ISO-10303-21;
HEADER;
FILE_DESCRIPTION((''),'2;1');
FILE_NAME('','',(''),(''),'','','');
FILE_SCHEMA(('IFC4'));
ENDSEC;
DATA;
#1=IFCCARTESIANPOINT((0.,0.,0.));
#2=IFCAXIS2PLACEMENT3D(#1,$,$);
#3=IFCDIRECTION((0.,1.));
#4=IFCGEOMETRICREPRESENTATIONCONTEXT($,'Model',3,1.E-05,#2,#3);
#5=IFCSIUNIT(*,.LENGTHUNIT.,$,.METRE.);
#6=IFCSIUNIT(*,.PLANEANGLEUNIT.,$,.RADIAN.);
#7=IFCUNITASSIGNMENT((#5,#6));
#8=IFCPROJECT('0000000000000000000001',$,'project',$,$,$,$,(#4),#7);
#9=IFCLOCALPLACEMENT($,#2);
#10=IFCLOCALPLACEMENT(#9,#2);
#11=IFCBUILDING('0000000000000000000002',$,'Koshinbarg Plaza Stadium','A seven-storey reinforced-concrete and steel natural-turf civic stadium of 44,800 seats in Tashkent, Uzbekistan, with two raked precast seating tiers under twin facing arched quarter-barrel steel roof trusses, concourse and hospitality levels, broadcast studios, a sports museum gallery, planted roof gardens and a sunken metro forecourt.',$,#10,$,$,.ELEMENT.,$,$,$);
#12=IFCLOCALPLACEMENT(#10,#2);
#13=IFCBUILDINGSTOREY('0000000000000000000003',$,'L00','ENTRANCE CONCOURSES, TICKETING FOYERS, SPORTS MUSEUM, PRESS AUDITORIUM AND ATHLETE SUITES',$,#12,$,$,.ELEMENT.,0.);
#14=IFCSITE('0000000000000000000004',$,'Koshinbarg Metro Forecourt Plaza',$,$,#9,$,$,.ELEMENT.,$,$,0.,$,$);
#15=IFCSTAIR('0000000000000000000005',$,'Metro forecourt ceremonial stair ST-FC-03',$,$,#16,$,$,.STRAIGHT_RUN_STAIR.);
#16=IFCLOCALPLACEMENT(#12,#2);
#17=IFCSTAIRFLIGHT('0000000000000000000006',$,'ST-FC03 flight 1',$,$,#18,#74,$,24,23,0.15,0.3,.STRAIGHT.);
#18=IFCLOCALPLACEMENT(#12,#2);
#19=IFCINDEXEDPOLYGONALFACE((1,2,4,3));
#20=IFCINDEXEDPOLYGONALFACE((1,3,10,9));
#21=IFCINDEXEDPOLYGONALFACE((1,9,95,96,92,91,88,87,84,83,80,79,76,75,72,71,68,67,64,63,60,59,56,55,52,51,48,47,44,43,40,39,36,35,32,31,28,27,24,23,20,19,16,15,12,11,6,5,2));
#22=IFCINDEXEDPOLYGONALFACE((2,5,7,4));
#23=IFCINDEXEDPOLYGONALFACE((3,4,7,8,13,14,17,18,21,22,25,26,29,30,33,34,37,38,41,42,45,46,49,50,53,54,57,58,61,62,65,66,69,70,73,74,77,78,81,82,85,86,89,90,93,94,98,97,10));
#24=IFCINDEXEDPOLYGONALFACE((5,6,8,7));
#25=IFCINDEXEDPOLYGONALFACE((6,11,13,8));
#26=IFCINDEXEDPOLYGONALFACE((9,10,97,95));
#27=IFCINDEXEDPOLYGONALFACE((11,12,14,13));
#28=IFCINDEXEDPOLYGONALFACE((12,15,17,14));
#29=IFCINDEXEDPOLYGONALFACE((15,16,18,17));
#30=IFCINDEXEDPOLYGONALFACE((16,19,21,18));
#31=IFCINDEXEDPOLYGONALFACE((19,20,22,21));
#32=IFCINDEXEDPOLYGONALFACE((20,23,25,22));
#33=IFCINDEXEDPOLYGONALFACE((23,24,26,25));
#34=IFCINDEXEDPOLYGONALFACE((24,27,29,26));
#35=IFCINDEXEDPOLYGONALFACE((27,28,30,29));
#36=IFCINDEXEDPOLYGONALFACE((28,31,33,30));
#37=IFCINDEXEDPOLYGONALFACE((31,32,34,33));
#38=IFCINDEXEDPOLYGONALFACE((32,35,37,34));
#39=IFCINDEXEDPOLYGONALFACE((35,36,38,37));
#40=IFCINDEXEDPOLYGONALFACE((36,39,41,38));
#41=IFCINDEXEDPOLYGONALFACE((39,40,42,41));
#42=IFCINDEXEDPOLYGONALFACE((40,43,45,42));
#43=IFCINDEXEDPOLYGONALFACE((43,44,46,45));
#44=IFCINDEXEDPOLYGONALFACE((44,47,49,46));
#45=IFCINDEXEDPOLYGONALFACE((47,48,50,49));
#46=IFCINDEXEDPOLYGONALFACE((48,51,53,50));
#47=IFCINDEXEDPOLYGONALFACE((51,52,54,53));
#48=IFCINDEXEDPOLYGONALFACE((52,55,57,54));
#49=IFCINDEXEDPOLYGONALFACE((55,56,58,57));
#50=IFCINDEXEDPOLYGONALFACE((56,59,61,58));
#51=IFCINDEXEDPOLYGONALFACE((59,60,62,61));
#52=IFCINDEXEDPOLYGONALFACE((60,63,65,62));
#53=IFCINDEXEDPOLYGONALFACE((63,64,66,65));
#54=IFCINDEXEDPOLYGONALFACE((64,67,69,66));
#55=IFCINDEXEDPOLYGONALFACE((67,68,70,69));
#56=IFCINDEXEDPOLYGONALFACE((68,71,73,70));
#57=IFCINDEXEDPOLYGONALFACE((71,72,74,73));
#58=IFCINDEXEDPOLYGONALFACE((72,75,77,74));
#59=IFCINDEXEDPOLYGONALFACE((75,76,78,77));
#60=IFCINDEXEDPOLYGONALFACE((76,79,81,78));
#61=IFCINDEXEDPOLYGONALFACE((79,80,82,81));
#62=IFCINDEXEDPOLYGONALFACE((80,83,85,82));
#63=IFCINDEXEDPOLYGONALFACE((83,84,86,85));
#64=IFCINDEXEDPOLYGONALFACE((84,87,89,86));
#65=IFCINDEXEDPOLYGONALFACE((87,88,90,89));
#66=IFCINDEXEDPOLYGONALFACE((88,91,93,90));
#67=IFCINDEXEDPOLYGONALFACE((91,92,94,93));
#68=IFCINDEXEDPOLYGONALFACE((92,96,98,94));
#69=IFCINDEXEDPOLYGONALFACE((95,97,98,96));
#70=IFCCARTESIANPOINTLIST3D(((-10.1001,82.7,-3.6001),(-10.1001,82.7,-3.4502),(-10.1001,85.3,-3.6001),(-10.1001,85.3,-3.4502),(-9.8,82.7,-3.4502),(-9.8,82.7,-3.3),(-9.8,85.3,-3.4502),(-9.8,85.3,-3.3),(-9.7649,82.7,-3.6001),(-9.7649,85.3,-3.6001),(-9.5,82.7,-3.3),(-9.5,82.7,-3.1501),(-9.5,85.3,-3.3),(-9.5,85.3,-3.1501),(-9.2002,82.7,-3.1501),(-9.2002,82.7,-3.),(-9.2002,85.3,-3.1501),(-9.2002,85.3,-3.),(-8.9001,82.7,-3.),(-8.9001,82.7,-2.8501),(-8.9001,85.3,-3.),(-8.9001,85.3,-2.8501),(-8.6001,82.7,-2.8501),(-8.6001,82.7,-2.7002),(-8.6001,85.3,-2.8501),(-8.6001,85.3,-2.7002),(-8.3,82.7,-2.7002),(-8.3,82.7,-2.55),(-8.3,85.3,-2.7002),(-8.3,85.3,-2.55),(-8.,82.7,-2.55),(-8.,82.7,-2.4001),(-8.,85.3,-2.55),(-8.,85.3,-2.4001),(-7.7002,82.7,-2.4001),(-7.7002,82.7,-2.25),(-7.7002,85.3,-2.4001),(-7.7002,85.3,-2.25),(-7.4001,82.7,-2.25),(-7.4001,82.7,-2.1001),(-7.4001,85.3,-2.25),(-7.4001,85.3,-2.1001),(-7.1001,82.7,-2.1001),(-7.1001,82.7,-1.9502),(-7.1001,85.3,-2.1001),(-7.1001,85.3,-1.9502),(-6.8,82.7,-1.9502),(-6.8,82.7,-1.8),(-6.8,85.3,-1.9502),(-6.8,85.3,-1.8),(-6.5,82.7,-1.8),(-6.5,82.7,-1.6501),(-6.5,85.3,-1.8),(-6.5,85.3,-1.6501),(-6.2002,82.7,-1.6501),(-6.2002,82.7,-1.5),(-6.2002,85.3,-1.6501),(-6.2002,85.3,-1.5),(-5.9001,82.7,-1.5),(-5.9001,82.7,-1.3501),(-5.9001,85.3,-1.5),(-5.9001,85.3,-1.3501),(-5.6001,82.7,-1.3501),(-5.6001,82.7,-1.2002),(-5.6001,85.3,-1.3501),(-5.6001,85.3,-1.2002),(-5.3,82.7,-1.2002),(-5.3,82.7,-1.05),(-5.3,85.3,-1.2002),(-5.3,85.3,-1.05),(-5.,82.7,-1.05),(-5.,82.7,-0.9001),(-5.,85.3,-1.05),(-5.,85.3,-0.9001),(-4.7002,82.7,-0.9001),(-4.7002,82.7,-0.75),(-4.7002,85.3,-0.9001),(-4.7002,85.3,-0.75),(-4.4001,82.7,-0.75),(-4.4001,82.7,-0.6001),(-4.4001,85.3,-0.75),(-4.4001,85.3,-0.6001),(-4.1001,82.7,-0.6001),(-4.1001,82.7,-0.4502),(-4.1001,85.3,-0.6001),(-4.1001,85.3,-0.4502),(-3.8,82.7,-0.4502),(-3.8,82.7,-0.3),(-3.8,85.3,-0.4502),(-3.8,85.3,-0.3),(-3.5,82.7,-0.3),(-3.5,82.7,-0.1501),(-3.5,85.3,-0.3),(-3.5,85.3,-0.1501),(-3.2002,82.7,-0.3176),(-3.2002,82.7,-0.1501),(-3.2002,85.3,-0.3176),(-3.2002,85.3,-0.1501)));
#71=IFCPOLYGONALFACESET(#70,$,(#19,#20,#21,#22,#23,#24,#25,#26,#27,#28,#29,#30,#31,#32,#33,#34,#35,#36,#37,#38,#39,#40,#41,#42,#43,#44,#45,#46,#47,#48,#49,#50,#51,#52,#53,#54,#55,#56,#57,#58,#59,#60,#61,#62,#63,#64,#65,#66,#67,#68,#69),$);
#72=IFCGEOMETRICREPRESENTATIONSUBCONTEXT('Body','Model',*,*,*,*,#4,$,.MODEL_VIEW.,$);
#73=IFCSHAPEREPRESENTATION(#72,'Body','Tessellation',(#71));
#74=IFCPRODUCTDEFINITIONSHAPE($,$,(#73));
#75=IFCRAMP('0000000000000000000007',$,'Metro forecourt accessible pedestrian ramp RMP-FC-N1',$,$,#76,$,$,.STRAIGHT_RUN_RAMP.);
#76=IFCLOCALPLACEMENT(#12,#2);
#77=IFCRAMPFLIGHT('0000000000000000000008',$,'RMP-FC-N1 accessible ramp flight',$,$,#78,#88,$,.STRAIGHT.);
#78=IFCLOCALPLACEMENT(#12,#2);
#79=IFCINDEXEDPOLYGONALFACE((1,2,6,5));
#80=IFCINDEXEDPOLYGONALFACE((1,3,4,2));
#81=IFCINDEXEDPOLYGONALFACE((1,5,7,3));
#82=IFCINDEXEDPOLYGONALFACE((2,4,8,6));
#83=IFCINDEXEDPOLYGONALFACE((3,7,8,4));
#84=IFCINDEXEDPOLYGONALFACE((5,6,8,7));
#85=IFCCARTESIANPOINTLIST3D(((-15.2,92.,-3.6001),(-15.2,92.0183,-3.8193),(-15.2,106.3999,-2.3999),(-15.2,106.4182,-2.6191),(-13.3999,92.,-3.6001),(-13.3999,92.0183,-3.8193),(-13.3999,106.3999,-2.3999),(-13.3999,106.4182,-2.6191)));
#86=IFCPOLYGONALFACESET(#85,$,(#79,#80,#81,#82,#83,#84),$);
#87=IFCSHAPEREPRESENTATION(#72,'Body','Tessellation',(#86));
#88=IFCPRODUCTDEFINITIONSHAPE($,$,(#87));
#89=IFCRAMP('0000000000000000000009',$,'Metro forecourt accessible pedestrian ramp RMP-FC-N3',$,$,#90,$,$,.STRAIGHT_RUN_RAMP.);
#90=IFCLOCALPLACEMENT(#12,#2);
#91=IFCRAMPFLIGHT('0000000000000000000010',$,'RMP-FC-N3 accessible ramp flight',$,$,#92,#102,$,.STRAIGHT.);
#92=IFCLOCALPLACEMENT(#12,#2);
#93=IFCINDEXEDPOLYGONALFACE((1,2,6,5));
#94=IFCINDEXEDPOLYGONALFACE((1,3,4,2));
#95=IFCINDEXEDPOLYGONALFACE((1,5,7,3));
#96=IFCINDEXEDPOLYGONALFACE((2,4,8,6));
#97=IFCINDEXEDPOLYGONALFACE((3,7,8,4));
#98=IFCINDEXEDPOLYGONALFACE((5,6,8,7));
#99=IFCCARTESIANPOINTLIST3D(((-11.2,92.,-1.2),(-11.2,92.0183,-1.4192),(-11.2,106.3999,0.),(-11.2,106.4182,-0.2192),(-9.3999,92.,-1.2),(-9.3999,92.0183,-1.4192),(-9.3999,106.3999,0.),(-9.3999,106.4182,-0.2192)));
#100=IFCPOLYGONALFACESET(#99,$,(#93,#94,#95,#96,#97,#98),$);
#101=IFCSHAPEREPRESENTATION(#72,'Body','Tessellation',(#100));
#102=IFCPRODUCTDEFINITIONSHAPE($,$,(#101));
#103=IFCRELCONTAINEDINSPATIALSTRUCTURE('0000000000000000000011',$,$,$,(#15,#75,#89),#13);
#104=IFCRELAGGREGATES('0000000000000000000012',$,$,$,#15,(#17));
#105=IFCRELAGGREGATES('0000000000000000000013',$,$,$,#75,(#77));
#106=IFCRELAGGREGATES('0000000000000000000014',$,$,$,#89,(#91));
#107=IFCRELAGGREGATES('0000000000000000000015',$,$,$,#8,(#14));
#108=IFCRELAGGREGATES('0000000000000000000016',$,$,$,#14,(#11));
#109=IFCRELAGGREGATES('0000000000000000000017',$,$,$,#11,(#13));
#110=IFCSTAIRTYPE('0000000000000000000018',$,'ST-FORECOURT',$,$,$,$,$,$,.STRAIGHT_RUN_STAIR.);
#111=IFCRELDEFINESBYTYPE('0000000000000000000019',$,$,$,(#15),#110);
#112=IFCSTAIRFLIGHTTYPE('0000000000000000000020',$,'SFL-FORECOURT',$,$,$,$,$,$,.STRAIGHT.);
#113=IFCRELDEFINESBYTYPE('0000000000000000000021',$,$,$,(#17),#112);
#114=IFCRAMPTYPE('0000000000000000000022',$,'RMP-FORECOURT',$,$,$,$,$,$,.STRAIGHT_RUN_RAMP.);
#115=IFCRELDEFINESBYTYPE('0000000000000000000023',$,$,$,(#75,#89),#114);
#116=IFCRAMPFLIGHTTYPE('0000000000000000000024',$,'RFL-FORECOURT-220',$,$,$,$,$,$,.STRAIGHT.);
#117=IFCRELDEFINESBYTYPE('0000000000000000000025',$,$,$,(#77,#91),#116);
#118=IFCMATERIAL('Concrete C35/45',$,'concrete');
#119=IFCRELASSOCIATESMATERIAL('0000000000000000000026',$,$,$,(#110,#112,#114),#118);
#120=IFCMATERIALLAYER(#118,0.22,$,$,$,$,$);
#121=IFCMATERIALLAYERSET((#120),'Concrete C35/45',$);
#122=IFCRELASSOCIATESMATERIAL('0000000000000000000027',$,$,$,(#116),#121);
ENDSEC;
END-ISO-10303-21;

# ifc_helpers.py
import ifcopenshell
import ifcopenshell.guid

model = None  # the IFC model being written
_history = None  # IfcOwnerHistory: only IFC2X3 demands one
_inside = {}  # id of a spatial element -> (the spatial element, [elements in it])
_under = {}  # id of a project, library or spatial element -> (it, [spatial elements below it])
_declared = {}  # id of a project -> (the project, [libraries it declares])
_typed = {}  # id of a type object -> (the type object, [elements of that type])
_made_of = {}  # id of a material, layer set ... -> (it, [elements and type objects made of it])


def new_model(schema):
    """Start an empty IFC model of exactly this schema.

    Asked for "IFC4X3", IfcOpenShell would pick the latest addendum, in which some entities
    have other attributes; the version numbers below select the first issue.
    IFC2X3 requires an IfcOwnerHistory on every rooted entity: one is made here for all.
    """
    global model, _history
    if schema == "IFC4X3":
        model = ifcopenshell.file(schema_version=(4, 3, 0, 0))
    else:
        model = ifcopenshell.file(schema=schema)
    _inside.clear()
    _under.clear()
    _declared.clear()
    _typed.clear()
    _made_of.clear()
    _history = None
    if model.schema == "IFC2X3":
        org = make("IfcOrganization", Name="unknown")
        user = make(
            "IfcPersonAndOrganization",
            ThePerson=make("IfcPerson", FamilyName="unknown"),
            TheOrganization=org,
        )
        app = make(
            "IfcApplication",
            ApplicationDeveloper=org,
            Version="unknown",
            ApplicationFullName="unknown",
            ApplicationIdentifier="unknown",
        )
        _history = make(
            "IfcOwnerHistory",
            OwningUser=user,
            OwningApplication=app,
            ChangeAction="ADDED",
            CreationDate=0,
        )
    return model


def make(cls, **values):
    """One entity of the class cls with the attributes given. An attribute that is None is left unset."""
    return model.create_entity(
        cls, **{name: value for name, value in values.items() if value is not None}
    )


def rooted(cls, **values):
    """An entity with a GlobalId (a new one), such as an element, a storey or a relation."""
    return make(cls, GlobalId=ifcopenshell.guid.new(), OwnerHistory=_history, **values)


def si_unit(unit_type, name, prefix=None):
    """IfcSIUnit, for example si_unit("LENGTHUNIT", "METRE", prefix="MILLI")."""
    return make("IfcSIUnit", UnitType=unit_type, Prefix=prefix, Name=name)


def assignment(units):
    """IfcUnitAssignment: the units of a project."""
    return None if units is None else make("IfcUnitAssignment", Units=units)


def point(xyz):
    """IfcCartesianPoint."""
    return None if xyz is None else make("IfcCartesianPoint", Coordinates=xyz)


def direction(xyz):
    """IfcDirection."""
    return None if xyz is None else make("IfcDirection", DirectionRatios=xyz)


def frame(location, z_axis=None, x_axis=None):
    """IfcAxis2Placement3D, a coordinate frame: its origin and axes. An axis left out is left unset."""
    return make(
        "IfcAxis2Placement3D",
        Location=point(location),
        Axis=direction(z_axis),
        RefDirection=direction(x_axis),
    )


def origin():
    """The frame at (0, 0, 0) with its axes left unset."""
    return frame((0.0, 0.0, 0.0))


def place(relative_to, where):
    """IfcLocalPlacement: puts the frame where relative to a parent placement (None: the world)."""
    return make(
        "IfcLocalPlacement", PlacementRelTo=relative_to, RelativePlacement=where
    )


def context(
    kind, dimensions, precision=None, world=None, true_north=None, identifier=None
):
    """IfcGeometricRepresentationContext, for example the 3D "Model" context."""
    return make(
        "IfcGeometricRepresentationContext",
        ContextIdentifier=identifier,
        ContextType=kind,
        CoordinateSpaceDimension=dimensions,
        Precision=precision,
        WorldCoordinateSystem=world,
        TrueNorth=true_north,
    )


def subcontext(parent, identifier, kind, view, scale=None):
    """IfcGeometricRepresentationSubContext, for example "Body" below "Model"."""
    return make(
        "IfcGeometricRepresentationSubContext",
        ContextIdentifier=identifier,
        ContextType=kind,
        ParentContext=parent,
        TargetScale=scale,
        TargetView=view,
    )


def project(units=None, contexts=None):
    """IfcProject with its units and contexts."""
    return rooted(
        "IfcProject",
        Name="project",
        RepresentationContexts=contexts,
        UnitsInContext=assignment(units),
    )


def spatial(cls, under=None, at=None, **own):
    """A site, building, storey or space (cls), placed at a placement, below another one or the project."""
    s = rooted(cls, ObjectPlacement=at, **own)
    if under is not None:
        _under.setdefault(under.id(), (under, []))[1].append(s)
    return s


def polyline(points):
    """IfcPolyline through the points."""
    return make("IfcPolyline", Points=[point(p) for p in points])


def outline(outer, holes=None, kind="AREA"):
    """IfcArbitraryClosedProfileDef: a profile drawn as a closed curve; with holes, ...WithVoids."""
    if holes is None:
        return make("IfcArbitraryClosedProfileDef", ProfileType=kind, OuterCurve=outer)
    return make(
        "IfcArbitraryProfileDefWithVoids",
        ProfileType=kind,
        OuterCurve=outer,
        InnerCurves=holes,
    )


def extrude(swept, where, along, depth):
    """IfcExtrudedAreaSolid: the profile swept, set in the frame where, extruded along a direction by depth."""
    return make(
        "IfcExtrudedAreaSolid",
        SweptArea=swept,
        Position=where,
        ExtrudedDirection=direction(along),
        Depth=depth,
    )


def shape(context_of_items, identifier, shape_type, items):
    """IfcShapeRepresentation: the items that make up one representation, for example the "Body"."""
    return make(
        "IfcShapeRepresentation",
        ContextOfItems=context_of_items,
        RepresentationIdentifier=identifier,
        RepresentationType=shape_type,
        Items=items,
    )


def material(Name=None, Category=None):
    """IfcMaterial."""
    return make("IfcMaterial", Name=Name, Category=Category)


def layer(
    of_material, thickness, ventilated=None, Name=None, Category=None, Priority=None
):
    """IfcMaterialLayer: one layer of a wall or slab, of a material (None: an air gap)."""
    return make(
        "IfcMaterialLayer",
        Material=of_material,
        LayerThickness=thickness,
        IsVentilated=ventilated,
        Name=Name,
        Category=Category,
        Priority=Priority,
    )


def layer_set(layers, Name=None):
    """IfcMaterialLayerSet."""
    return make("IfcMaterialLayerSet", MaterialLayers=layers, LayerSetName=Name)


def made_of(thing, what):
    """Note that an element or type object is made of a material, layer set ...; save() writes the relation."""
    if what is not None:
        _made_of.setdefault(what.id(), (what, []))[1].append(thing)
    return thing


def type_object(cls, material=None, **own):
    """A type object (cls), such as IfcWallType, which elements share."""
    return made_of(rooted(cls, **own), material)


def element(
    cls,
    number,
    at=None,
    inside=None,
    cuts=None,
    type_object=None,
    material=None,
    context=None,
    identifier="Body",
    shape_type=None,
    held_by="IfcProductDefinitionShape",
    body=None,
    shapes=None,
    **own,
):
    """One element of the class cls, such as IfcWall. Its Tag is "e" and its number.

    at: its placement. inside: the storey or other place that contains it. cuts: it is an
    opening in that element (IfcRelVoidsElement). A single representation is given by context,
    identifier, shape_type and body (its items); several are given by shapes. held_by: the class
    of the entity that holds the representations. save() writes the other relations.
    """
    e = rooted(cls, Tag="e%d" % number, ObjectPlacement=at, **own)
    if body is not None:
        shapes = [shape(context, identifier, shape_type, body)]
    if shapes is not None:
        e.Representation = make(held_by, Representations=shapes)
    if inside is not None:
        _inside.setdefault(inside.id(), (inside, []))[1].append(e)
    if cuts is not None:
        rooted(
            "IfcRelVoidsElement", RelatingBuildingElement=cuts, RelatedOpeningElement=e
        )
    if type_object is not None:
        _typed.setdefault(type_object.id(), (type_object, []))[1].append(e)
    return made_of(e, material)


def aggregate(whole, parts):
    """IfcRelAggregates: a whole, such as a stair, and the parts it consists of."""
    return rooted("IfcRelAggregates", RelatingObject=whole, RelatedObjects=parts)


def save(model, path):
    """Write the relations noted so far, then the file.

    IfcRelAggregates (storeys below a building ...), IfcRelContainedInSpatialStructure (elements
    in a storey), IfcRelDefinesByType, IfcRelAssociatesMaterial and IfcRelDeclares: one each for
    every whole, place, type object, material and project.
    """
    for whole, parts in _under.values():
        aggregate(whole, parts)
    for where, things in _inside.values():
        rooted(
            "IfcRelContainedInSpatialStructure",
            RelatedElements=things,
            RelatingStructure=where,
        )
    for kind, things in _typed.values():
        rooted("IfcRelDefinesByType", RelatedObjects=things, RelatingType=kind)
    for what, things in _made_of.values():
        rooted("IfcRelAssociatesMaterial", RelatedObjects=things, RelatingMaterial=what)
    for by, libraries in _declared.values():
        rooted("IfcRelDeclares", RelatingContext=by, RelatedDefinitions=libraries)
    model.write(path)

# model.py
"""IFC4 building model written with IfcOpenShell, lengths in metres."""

from ifc_helpers import new_model, si_unit, direction, frame, origin, place, context, subcontext, project, spatial, polyline, outline, extrude, material, layer, layer_set, type_object, element, aggregate, save


model = new_model("IFC4")

# Units and contexts
model_context = context("Model", 3, precision=1e-05, world=origin(), true_north=direction((0.0, 1.0)))
body_context = subcontext(model_context, "Body", "Model", "MODEL_VIEW")
ifc_project = project(units=[si_unit("LENGTHUNIT", "METRE"), si_unit("PLANEANGLEUNIT", "RADIAN")], contexts=[model_context])

# Site, building, storey
site_placement = place(None, origin())
site = spatial("IfcSite", under=ifc_project, at=site_placement, Name="Koshinbarg Metro Forecourt Plaza", CompositionType="ELEMENT", RefElevation=0.0)
building_placement = place(site_placement, origin())
building = spatial("IfcBuilding", under=site, at=building_placement, Name="Koshinbarg Plaza Stadium", Description="A seven-storey reinforced-concrete and steel natural-turf civic stadium of 44,800 seats in Tashkent, Uzbekistan, with two raked precast seating tiers under twin facing arched quarter-barrel steel roof trusses, concourse and hospitality levels, broadcast studios, a sports museum gallery, planted roof gardens and a sunken metro forecourt.", CompositionType="ELEMENT")
storey_placement = place(building_placement, origin())
storey = spatial("IfcBuildingStorey", under=building, at=storey_placement, Name="L00", Description="ENTRANCE CONCOURSES, TICKETING FOYERS, SPORTS MUSEUM, PRESS AUDITORIUM AND ATHLETE SUITES", CompositionType="ELEMENT", Elevation=0.0)

# Shared definitions
ifc_material_1 = material(Name="Concrete C35/45", Category="concrete")

# Stair, stair flight
stair_type = type_object("IfcStairType", Name="ST-FORECOURT", PredefinedType="STRAIGHT_RUN_STAIR", material=ifc_material_1)
stair_placement = place(storey_placement, origin())
stair = element("IfcStair", 1, at=stair_placement, inside=storey, type_object=stair_type, Name="Metro forecourt ceremonial stair ST-FC-03", PredefinedType="STRAIGHT_RUN_STAIR")
stair_flight_type = type_object("IfcStairFlightType", Name="SFL-FORECOURT", PredefinedType="STRAIGHT", material=ifc_material_1)
stair_flight_placement = place(storey_placement, frame((-10.1001, 84.0, -3.6001), z_axis=(0.0, 0.0, 1.0), x_axis=(1.0, 0.0, 0.0)))
stair_flight = element("IfcStairFlight", 2, at=stair_flight_placement, type_object=stair_flight_type, Name="ST-FC03 flight 1", NumberOfRisers=24, NumberOfTreads=23, PredefinedType="STRAIGHT", RiserHeight=0.15, TreadLength=0.3, context=body_context, shape_type="SweptSolid", body=[
    extrude(outline(polyline([(0.0, 0.0), (0.0, 0.1499), (0.3, 0.1499), (0.3, 0.3), (0.6001, 0.3), (0.6001, 0.45), (0.8999, 0.45), (0.8999, 0.6001), (1.2, 0.6001), (1.2, 0.75), (1.5, 0.75), (1.5, 0.8999), (1.8, 0.8999), (1.8, 1.05), (2.1001, 1.05), (2.1001, 1.2), (2.3999, 1.2), (2.3999, 1.3501), (2.7, 1.3501), (2.7, 1.5), (3.0, 1.5), (3.0, 1.6499), (3.3, 1.6499), (3.3, 1.8), (3.6001, 1.8), (3.6001, 1.95), (3.8999, 1.95), (3.8999, 2.1001), (4.2, 2.1001), (4.2, 2.25), (4.5, 2.25), (4.5, 2.3999), (4.8, 2.3999), (4.8, 2.55), (5.1001, 2.55), (5.1001, 2.7), (5.3999, 2.7), (5.3999, 2.8501), (5.7, 2.8501), (5.7, 3.0), (6.0, 3.0), (6.0, 3.1499), (6.3, 3.1499), (6.3, 3.3), (6.6001, 3.3), (6.6001, 3.45), (6.8999, 3.45), (6.8999, 3.6001), (6.8999, 3.2825), (0.3352, 0.0), (0.0, 0.0)])), frame((0.0, 1.3, 0.0), z_axis=(0.0, -1.0, 0.0), x_axis=(1.0, 0.0, 0.0)), (0.0, 0.0, 1.0), 2.6001),
])
aggregate(stair, [stair_flight])

# Ramps, ramp flights
ramp_type = type_object("IfcRampType", Name="RMP-FORECOURT", PredefinedType="STRAIGHT_RUN_RAMP", material=ifc_material_1)
ramp_1_placement = place(storey_placement, origin())
ramp_1 = element("IfcRamp", 3, at=ramp_1_placement, inside=storey, type_object=ramp_type, Name="Metro forecourt accessible pedestrian ramp RMP-FC-N1", PredefinedType="STRAIGHT_RUN_RAMP")
ifc_layer_1 = layer(ifc_material_1, 0.22)
ifc_layer_set_1 = layer_set([ifc_layer_1], Name="Concrete C35/45")
ramp_flight_type = type_object("IfcRampFlightType", Name="RFL-FORECOURT-220", PredefinedType="STRAIGHT", material=ifc_layer_set_1)
ramp_flight_1_placement = place(storey_placement, frame((-15.2, 92.0, -3.6001), z_axis=(0.0, -0.083059, 0.996545), x_axis=(1.0, 0.0, 0.0)))
ramp_flight_1 = element("IfcRampFlight", 4, at=ramp_flight_1_placement, type_object=ramp_flight_type, Name="RMP-FC-N1 accessible ramp flight", PredefinedType="STRAIGHT", context=body_context, shape_type="SweptSolid", body=[
    extrude(outline(polyline([(0.0, 0.0), (1.8, 0.0), (1.8, 14.4498), (0.0, 14.4498), (0.0, 0.0)])), origin(), (0.0, 0.0, -1.0), 0.22),
])
aggregate(ramp_1, [ramp_flight_1])
ramp_2_placement = place(storey_placement, origin())
ramp_2 = element("IfcRamp", 5, at=ramp_2_placement, inside=storey, type_object=ramp_type, Name="Metro forecourt accessible pedestrian ramp RMP-FC-N3", PredefinedType="STRAIGHT_RUN_RAMP")
ramp_flight_2_placement = place(storey_placement, frame((-11.2, 92.0, -1.2), z_axis=(0.0, -0.083043, 0.996546), x_axis=(1.0, 0.0, 0.0)))
ramp_flight_2 = element("IfcRampFlight", 6, at=ramp_flight_2_placement, type_object=ramp_flight_type, Name="RMP-FC-N3 accessible ramp flight", PredefinedType="STRAIGHT", context=body_context, shape_type="SweptSolid", body=[
    extrude(outline(polyline([(0.0, 0.0), (1.8, 0.0), (1.8, 14.4498), (0.0, 14.4498), (0.0, 0.0)])), origin(), (0.0, 0.0, -1.0), 0.22),
])
aggregate(ramp_2, [ramp_flight_2])

save(model, "model.ifc")
